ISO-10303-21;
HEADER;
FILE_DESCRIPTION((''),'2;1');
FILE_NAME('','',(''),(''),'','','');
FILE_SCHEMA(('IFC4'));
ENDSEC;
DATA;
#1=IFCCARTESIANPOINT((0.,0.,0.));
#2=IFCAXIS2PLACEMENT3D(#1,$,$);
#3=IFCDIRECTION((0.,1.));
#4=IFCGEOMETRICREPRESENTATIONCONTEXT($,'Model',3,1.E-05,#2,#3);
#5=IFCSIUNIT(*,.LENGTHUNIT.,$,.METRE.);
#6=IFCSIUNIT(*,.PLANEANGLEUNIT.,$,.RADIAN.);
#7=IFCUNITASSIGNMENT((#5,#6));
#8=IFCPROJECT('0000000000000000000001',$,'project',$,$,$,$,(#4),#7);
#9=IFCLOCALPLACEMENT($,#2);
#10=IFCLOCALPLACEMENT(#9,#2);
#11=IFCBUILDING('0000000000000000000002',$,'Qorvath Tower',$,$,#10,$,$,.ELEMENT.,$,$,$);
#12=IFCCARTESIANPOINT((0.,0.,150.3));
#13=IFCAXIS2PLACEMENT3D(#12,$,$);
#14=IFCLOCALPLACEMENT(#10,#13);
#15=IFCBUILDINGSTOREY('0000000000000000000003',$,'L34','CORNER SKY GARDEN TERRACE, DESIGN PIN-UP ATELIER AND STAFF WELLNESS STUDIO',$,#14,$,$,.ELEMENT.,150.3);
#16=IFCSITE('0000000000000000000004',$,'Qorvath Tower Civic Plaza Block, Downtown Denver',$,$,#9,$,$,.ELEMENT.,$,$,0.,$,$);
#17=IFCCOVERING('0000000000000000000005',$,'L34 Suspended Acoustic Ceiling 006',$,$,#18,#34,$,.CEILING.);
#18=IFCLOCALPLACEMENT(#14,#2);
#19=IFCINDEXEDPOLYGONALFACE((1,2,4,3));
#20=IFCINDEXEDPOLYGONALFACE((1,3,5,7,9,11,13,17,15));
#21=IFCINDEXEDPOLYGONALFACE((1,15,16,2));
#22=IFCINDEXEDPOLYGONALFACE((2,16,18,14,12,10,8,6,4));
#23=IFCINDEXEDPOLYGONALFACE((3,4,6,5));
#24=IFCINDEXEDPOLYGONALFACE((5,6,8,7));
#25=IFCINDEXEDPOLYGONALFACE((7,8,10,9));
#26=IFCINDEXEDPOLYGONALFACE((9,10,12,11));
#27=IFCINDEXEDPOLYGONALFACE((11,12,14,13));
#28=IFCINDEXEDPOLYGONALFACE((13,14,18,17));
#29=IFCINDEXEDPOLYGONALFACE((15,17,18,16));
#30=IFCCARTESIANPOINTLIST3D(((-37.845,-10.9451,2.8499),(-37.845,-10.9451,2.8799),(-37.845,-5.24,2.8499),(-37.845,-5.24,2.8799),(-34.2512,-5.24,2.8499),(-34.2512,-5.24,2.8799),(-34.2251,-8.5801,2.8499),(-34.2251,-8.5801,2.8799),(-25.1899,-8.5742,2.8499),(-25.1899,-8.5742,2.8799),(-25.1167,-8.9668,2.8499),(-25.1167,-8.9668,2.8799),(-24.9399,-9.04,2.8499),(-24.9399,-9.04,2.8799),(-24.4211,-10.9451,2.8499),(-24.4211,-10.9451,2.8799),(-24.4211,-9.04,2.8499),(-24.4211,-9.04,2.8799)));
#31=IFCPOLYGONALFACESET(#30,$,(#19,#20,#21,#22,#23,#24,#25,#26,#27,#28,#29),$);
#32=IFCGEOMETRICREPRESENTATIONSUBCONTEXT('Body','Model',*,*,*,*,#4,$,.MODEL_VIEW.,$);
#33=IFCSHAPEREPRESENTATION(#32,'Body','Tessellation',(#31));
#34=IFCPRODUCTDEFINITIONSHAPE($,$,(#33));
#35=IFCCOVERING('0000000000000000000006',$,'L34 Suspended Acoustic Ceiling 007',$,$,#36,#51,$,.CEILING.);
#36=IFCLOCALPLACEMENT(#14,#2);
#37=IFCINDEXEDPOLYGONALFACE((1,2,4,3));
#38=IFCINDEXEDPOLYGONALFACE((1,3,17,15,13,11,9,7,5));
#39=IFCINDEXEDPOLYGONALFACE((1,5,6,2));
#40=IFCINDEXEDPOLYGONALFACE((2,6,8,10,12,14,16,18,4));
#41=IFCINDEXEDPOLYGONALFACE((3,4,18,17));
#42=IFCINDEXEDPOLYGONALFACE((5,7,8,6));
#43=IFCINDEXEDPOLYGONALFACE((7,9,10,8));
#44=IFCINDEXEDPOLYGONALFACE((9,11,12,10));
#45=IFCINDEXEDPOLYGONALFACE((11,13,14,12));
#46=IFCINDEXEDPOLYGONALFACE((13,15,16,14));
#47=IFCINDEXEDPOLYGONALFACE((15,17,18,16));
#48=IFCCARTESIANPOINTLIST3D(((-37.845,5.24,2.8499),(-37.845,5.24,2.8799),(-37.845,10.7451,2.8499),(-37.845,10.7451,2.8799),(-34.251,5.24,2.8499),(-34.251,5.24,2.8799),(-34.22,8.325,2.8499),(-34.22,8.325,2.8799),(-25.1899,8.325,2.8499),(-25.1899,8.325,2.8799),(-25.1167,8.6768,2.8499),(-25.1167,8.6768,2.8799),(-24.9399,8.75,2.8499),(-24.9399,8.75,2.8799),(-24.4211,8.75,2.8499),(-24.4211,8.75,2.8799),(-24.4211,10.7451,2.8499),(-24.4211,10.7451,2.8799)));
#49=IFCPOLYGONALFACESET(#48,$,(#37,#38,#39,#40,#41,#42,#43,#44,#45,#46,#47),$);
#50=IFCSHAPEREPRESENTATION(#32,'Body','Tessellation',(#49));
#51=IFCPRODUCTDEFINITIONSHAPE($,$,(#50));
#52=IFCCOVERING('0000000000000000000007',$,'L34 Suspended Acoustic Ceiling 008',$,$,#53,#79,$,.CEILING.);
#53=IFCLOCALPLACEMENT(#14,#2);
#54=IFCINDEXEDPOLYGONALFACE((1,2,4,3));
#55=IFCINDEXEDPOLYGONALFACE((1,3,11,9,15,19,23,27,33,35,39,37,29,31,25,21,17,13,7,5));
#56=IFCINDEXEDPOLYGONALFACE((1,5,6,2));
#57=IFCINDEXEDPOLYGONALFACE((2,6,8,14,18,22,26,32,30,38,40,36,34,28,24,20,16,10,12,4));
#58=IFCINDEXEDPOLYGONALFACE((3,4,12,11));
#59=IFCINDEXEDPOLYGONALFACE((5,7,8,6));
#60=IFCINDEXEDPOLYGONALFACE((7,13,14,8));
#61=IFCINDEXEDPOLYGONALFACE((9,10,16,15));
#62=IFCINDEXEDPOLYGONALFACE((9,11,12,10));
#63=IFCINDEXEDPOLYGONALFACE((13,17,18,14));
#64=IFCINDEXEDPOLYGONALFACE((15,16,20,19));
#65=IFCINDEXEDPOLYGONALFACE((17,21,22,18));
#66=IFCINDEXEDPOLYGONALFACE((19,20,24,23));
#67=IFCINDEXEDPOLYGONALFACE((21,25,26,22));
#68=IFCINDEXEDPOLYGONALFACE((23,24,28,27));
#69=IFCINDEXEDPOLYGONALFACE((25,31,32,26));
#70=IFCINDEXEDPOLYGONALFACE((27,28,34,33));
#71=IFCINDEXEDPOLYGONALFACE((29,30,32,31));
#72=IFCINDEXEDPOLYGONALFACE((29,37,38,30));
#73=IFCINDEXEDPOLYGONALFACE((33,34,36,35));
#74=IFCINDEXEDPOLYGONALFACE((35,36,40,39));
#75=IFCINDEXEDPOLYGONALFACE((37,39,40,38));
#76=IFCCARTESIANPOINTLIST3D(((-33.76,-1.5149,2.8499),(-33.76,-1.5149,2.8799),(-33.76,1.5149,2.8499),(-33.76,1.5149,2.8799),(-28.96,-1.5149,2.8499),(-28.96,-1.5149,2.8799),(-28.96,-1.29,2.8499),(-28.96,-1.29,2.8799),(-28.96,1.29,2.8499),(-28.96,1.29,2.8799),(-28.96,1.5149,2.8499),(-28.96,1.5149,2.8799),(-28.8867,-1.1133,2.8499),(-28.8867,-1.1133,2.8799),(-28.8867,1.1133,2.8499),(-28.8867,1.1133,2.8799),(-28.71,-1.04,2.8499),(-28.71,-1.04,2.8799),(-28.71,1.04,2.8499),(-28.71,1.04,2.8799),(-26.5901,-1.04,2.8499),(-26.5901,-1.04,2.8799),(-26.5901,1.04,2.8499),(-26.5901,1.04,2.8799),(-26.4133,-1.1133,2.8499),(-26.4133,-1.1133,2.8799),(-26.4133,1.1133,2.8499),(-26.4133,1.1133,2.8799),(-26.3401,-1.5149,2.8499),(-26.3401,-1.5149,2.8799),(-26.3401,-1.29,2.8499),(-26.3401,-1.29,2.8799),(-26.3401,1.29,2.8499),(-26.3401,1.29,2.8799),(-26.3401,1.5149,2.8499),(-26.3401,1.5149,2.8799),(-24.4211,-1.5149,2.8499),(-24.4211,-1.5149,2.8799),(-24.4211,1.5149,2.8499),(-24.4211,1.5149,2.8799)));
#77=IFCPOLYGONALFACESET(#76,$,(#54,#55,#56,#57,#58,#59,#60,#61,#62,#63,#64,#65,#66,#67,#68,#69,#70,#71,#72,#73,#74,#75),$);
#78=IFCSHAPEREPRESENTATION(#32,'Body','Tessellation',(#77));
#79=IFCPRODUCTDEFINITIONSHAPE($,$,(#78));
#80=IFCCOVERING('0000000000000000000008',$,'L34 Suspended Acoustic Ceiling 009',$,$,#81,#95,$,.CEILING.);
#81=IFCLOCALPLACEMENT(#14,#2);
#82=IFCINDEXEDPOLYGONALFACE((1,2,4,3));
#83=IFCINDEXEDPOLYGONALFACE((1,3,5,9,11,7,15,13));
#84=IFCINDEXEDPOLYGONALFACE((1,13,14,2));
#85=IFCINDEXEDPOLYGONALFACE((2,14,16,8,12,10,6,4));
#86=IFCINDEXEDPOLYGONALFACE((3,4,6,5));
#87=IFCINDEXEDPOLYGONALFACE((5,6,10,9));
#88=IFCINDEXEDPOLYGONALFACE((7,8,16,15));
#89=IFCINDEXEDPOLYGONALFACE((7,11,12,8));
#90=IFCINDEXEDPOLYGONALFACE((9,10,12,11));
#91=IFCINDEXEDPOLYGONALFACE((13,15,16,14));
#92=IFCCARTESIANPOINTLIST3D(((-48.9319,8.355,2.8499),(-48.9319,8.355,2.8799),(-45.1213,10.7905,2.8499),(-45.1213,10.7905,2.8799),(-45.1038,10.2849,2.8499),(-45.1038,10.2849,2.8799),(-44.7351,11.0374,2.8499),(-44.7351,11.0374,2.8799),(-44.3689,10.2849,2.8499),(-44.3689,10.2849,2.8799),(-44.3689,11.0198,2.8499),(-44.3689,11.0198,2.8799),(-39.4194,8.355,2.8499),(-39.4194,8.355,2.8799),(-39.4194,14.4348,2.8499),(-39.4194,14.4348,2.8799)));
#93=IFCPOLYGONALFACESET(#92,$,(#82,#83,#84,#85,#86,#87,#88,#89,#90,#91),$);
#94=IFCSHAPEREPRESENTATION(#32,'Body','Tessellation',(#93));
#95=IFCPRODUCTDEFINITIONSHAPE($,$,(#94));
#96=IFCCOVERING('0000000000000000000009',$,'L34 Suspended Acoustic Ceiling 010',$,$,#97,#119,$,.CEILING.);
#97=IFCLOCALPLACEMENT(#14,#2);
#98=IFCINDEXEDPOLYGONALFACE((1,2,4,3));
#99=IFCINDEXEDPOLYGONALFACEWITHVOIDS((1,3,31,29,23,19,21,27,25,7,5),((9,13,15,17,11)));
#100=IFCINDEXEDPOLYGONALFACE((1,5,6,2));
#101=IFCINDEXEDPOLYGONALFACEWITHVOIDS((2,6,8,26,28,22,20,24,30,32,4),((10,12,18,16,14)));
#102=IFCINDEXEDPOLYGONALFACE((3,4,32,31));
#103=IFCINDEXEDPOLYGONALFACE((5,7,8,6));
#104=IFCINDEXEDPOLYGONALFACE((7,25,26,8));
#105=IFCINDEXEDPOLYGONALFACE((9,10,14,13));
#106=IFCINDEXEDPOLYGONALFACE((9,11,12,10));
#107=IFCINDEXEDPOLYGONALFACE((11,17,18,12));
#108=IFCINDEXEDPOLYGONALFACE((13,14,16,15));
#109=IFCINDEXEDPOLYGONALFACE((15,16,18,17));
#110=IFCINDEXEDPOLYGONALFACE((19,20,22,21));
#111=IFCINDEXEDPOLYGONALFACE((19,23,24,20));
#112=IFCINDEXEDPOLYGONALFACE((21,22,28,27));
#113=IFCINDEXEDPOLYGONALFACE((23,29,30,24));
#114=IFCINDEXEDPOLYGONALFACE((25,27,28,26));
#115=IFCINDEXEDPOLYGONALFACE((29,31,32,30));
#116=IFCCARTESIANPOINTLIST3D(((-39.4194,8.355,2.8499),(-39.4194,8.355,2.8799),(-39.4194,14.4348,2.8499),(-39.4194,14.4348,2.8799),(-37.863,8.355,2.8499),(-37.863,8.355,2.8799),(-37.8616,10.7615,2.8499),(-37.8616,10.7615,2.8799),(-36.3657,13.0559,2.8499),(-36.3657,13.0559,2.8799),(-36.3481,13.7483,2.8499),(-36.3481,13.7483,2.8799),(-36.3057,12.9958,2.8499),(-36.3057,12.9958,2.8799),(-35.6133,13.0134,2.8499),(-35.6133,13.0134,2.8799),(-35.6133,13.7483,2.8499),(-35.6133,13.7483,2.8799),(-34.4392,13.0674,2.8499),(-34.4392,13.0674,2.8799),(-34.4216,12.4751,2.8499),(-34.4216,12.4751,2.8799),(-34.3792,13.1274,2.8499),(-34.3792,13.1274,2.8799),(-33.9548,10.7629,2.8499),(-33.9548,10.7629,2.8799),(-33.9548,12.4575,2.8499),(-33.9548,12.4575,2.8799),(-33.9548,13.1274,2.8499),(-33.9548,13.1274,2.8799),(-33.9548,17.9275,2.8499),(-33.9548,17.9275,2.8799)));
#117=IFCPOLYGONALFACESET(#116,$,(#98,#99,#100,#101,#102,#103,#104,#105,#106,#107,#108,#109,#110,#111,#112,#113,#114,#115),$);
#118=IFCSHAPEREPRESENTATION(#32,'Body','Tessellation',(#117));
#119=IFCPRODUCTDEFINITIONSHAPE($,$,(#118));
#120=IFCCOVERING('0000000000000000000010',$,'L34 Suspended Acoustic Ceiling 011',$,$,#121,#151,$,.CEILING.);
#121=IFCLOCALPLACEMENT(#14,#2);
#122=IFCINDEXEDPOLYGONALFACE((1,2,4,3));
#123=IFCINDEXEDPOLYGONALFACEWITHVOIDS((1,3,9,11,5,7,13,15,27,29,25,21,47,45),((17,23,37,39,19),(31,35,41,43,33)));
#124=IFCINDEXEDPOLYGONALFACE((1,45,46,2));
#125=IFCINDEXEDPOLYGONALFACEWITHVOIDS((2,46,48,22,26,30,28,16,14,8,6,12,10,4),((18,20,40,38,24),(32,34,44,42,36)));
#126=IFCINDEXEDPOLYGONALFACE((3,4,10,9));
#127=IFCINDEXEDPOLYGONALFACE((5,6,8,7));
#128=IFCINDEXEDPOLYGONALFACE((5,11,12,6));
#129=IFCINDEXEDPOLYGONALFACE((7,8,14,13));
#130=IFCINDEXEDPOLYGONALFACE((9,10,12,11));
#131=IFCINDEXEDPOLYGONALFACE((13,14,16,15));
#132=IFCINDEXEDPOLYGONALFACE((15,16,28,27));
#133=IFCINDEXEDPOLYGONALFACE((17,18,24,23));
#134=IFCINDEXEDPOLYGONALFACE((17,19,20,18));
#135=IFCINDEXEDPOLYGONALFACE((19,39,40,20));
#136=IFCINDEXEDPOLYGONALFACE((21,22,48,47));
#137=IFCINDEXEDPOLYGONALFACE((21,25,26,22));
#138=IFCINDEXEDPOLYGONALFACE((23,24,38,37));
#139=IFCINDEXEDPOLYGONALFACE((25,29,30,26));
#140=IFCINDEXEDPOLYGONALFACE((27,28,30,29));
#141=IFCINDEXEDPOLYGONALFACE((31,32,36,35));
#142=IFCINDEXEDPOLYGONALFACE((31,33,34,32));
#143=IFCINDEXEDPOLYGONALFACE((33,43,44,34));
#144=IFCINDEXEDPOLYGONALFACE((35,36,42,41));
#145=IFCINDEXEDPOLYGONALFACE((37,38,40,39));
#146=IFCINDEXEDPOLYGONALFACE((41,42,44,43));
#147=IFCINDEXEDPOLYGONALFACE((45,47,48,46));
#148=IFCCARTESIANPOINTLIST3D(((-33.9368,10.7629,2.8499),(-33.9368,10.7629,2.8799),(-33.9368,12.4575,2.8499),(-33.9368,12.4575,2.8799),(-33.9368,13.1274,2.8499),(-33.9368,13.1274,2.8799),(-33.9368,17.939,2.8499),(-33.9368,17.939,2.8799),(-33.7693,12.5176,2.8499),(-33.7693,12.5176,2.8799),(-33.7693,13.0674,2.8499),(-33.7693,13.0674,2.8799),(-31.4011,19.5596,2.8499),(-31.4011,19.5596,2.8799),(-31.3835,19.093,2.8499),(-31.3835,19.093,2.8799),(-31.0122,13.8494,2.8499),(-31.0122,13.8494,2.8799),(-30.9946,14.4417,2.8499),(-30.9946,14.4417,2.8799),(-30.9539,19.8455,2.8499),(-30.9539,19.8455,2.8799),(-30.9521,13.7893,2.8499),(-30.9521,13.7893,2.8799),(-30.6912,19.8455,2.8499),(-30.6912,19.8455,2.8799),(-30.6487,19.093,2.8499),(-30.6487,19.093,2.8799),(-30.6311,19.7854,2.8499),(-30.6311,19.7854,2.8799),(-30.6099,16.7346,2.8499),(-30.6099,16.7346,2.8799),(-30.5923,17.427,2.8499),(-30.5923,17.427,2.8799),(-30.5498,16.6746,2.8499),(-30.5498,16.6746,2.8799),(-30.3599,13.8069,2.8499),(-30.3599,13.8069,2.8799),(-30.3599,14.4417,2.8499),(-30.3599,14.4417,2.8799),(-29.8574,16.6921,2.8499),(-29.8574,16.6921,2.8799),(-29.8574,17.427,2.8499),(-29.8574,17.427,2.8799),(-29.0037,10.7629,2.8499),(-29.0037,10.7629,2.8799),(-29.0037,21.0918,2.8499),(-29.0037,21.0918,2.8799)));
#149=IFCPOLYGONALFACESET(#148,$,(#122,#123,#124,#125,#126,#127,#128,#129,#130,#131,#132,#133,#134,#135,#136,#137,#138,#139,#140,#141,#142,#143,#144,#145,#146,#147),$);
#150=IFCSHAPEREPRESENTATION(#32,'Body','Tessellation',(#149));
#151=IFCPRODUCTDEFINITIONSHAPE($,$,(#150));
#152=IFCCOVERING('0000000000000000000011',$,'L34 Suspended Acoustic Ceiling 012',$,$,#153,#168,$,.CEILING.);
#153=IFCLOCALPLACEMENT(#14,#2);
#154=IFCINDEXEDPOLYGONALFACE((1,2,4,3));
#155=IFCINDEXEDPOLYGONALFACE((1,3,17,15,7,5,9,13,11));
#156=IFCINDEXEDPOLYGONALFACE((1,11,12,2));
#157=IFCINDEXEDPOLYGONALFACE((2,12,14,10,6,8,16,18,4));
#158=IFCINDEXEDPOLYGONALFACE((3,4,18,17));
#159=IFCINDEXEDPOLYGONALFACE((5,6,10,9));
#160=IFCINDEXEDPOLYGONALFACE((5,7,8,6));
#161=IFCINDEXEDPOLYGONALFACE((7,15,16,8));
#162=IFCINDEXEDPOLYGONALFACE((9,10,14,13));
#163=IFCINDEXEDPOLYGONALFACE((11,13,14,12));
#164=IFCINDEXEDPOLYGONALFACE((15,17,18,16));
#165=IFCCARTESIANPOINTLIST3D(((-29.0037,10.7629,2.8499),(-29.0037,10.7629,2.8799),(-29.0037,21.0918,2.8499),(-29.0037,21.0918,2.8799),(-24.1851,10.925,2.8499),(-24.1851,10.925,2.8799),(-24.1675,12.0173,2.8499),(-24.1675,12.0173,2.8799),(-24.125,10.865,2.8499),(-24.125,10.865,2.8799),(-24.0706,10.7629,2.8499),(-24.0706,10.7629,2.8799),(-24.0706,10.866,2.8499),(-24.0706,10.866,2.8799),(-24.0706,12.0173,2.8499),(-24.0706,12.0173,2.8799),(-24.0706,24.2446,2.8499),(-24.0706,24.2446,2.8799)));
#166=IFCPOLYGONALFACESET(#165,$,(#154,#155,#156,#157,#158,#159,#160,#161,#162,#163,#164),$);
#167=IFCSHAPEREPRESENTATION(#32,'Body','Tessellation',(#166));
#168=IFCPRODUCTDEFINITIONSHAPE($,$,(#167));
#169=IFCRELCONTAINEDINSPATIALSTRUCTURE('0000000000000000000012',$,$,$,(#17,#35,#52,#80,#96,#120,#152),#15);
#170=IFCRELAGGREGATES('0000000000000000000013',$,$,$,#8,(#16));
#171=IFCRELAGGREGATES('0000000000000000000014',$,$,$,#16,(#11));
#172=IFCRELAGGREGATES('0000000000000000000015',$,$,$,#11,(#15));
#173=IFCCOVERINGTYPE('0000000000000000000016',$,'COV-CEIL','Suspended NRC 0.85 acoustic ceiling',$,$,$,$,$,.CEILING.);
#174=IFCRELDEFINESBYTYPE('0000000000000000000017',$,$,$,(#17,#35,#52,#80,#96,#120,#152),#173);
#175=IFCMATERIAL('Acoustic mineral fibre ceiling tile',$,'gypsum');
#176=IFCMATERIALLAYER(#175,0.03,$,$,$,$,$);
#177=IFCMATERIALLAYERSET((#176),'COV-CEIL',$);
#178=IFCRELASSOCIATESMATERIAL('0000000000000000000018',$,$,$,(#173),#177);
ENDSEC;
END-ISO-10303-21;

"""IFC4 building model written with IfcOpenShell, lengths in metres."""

from ifc_helpers import new_model, si_unit, direction, frame, origin, place, context, subcontext, project, spatial, polyline, outline, extrude, material, layer, layer_set, type_object, element, save


model = new_model("IFC4")

# Units and contexts
model_context = context("Model", 3, precision=1e-05, world=origin(), true_north=direction((0.0, 1.0)))
body_context = subcontext(model_context, "Body", "Model", "MODEL_VIEW")
ifc_project = project(units=[si_unit("LENGTHUNIT", "METRE"), si_unit("PLANEANGLEUNIT", "RADIAN")], contexts=[model_context])

# Site, building, storey
site_placement = place(None, origin())
site = spatial("IfcSite", under=ifc_project, at=site_placement, Name="Qorvath Tower Civic Plaza Block, Downtown Denver", CompositionType="ELEMENT", RefElevation=0.0)
building_placement = place(site_placement, origin())
building = spatial("IfcBuilding", under=site, at=building_placement, Name="Qorvath Tower", CompositionType="ELEMENT")
storey_placement = place(building_placement, frame((0.0, 0.0, 150.3)))
storey = spatial("IfcBuildingStorey", under=building, at=storey_placement, Name="L34", Description="CORNER SKY GARDEN TERRACE, DESIGN PIN-UP ATELIER AND STAFF WELLNESS STUDIO", CompositionType="ELEMENT", Elevation=150.3)

# Coverings
ifc_material_1 = material(Name="Acoustic mineral fibre ceiling tile", Category="gypsum")
ifc_layer_1 = layer(ifc_material_1, 0.03)
ifc_layer_set_1 = layer_set([ifc_layer_1], Name="COV-CEIL")
covering_type_1 = type_object("IfcCoveringType", Name="COV-CEIL", Description="Suspended NRC 0.85 acoustic ceiling", PredefinedType="CEILING", material=ifc_layer_set_1)
covering_1_placement = place(storey_placement, frame((0.0, 0.0, 2.8499)))
element("IfcCovering", 1, at=covering_1_placement, inside=storey, type_object=covering_type_1, Name="L34 Suspended Acoustic Ceiling 006", PredefinedType="CEILING", context=body_context, shape_type="SweptSolid", body=[
    extrude(outline(polyline([(-34.2251, -8.5801), (-34.2512, -5.24), (-37.845, -5.24), (-37.845, -10.9451), (-24.4211, -10.9451), (-24.4211, -9.04), (-24.9399, -9.04), (-25.1167, -8.9668), (-25.1899, -8.5742), (-34.2251, -8.5801)])), origin(), (0.0, 0.0, 1.0), 0.03),
])
covering_2_placement = place(storey_placement, frame((0.0, 0.0, 2.8499)))
element("IfcCovering", 2, at=covering_2_placement, inside=storey, type_object=covering_type_1, Name="L34 Suspended Acoustic Ceiling 007", PredefinedType="CEILING", context=body_context, shape_type="SweptSolid", body=[
    extrude(outline(polyline([(-24.4211, 8.75), (-24.4211, 10.7451), (-37.845, 10.7451), (-37.845, 5.24), (-34.251, 5.24), (-34.22, 8.325), (-25.1899, 8.325), (-25.1167, 8.6768), (-24.9399, 8.75), (-24.4211, 8.75)])), origin(), (0.0, 0.0, 1.0), 0.03),
])
covering_3_placement = place(storey_placement, frame((0.0, 0.0, 2.8499)))
element("IfcCovering", 3, at=covering_3_placement, inside=storey, type_object=covering_type_1, Name="L34 Suspended Acoustic Ceiling 008", PredefinedType="CEILING", context=body_context, shape_type="SweptSolid", body=[
    extrude(outline(polyline([(-24.4211, -1.5149), (-24.4211, 1.5149), (-26.3401, 1.5149), (-26.3401, 1.29), (-26.4133, 1.1133), (-26.5901, 1.04), (-28.71, 1.04), (-28.8867, 1.1133), (-28.96, 1.29), (-28.96, 1.5149), (-33.76, 1.5149), (-33.76, -1.5149), (-28.96, -1.5149), (-28.96, -1.29), (-28.8867, -1.1133), (-28.71, -1.04), (-26.5901, -1.04), (-26.4133, -1.1133), (-26.3401, -1.29), (-26.3401, -1.5149), (-24.4211, -1.5149)])), origin(), (0.0, 0.0, 1.0), 0.03),
])
covering_4_placement = place(storey_placement, frame((0.0, 0.0, 2.8499)))
element("IfcCovering", 4, at=covering_4_placement, inside=storey, type_object=covering_type_1, Name="L34 Suspended Acoustic Ceiling 009", PredefinedType="CEILING", context=body_context, shape_type="SweptSolid", body=[
    extrude(outline(polyline([(-39.4194, 8.355), (-39.4194, 14.4348), (-44.7351, 11.0374), (-44.3689, 11.0198), (-44.3689, 10.2849), (-45.1038, 10.2849), (-45.1213, 10.7905), (-48.9319, 8.355), (-39.4194, 8.355)])), origin(), (0.0, 0.0, 1.0), 0.03),
])
covering_5_placement = place(storey_placement, frame((0.0, 0.0, 2.8499)))
element("IfcCovering", 5, at=covering_5_placement, inside=storey, type_object=covering_type_1, Name="L34 Suspended Acoustic Ceiling 010", PredefinedType="CEILING", context=body_context, shape_type="SweptSolid", body=[
    extrude(outline(polyline([(-33.9548, 13.1274), (-33.9548, 17.9275), (-39.4194, 14.4348), (-39.4194, 8.355), (-37.863, 8.355), (-37.8616, 10.7615), (-33.9548, 10.7629), (-33.9548, 12.4575), (-34.4216, 12.4751), (-34.4392, 13.0674), (-34.3792, 13.1274), (-33.9548, 13.1274)]), holes=[polyline([(-36.3657, 13.0559), (-36.3481, 13.7483), (-35.6133, 13.7483), (-35.6133, 13.0134), (-36.3057, 12.9958), (-36.3657, 13.0559)])]), origin(), (0.0, 0.0, 1.0), 0.03),
])
covering_6_placement = place(storey_placement, frame((0.0, 0.0, 2.8499)))
element("IfcCovering", 6, at=covering_6_placement, inside=storey, type_object=covering_type_1, Name="L34 Suspended Acoustic Ceiling 011", PredefinedType="CEILING", context=body_context, shape_type="SweptSolid", body=[
    extrude(outline(polyline([(-29.0037, 10.7629), (-29.0037, 21.0918), (-30.9539, 19.8455), (-30.6912, 19.8455), (-30.6311, 19.7854), (-30.6487, 19.093), (-31.3835, 19.093), (-31.4011, 19.5596), (-33.9368, 17.939), (-33.9368, 13.1274), (-33.7693, 13.0674), (-33.7693, 12.5176), (-33.9368, 12.4575), (-33.9368, 10.7629), (-29.0037, 10.7629)]), holes=[polyline([(-30.6099, 16.7346), (-30.5923, 17.427), (-29.8574, 17.427), (-29.8574, 16.6921), (-30.5498, 16.6746), (-30.6099, 16.7346)]), polyline([(-31.0122, 13.8494), (-30.9946, 14.4417), (-30.3599, 14.4417), (-30.3599, 13.8069), (-30.9521, 13.7893), (-31.0122, 13.8494)])]), origin(), (0.0, 0.0, 1.0), 0.03),
])
covering_7_placement = place(storey_placement, frame((0.0, 0.0, 2.8499)))
element("IfcCovering", 7, at=covering_7_placement, inside=storey, type_object=covering_type_1, Name="L34 Suspended Acoustic Ceiling 012", PredefinedType="CEILING", context=body_context, shape_type="SweptSolid", body=[
    extrude(outline(polyline([(-24.0706, 10.7629), (-24.0706, 10.866), (-24.125, 10.865), (-24.1851, 10.925), (-24.1675, 12.0173), (-24.0706, 12.0173), (-24.0706, 24.2446), (-29.0037, 21.0918), (-29.0037, 10.7629), (-24.0706, 10.7629)])), origin(), (0.0, 0.0, 1.0), 0.03),
])

save(model, "model.ifc")
